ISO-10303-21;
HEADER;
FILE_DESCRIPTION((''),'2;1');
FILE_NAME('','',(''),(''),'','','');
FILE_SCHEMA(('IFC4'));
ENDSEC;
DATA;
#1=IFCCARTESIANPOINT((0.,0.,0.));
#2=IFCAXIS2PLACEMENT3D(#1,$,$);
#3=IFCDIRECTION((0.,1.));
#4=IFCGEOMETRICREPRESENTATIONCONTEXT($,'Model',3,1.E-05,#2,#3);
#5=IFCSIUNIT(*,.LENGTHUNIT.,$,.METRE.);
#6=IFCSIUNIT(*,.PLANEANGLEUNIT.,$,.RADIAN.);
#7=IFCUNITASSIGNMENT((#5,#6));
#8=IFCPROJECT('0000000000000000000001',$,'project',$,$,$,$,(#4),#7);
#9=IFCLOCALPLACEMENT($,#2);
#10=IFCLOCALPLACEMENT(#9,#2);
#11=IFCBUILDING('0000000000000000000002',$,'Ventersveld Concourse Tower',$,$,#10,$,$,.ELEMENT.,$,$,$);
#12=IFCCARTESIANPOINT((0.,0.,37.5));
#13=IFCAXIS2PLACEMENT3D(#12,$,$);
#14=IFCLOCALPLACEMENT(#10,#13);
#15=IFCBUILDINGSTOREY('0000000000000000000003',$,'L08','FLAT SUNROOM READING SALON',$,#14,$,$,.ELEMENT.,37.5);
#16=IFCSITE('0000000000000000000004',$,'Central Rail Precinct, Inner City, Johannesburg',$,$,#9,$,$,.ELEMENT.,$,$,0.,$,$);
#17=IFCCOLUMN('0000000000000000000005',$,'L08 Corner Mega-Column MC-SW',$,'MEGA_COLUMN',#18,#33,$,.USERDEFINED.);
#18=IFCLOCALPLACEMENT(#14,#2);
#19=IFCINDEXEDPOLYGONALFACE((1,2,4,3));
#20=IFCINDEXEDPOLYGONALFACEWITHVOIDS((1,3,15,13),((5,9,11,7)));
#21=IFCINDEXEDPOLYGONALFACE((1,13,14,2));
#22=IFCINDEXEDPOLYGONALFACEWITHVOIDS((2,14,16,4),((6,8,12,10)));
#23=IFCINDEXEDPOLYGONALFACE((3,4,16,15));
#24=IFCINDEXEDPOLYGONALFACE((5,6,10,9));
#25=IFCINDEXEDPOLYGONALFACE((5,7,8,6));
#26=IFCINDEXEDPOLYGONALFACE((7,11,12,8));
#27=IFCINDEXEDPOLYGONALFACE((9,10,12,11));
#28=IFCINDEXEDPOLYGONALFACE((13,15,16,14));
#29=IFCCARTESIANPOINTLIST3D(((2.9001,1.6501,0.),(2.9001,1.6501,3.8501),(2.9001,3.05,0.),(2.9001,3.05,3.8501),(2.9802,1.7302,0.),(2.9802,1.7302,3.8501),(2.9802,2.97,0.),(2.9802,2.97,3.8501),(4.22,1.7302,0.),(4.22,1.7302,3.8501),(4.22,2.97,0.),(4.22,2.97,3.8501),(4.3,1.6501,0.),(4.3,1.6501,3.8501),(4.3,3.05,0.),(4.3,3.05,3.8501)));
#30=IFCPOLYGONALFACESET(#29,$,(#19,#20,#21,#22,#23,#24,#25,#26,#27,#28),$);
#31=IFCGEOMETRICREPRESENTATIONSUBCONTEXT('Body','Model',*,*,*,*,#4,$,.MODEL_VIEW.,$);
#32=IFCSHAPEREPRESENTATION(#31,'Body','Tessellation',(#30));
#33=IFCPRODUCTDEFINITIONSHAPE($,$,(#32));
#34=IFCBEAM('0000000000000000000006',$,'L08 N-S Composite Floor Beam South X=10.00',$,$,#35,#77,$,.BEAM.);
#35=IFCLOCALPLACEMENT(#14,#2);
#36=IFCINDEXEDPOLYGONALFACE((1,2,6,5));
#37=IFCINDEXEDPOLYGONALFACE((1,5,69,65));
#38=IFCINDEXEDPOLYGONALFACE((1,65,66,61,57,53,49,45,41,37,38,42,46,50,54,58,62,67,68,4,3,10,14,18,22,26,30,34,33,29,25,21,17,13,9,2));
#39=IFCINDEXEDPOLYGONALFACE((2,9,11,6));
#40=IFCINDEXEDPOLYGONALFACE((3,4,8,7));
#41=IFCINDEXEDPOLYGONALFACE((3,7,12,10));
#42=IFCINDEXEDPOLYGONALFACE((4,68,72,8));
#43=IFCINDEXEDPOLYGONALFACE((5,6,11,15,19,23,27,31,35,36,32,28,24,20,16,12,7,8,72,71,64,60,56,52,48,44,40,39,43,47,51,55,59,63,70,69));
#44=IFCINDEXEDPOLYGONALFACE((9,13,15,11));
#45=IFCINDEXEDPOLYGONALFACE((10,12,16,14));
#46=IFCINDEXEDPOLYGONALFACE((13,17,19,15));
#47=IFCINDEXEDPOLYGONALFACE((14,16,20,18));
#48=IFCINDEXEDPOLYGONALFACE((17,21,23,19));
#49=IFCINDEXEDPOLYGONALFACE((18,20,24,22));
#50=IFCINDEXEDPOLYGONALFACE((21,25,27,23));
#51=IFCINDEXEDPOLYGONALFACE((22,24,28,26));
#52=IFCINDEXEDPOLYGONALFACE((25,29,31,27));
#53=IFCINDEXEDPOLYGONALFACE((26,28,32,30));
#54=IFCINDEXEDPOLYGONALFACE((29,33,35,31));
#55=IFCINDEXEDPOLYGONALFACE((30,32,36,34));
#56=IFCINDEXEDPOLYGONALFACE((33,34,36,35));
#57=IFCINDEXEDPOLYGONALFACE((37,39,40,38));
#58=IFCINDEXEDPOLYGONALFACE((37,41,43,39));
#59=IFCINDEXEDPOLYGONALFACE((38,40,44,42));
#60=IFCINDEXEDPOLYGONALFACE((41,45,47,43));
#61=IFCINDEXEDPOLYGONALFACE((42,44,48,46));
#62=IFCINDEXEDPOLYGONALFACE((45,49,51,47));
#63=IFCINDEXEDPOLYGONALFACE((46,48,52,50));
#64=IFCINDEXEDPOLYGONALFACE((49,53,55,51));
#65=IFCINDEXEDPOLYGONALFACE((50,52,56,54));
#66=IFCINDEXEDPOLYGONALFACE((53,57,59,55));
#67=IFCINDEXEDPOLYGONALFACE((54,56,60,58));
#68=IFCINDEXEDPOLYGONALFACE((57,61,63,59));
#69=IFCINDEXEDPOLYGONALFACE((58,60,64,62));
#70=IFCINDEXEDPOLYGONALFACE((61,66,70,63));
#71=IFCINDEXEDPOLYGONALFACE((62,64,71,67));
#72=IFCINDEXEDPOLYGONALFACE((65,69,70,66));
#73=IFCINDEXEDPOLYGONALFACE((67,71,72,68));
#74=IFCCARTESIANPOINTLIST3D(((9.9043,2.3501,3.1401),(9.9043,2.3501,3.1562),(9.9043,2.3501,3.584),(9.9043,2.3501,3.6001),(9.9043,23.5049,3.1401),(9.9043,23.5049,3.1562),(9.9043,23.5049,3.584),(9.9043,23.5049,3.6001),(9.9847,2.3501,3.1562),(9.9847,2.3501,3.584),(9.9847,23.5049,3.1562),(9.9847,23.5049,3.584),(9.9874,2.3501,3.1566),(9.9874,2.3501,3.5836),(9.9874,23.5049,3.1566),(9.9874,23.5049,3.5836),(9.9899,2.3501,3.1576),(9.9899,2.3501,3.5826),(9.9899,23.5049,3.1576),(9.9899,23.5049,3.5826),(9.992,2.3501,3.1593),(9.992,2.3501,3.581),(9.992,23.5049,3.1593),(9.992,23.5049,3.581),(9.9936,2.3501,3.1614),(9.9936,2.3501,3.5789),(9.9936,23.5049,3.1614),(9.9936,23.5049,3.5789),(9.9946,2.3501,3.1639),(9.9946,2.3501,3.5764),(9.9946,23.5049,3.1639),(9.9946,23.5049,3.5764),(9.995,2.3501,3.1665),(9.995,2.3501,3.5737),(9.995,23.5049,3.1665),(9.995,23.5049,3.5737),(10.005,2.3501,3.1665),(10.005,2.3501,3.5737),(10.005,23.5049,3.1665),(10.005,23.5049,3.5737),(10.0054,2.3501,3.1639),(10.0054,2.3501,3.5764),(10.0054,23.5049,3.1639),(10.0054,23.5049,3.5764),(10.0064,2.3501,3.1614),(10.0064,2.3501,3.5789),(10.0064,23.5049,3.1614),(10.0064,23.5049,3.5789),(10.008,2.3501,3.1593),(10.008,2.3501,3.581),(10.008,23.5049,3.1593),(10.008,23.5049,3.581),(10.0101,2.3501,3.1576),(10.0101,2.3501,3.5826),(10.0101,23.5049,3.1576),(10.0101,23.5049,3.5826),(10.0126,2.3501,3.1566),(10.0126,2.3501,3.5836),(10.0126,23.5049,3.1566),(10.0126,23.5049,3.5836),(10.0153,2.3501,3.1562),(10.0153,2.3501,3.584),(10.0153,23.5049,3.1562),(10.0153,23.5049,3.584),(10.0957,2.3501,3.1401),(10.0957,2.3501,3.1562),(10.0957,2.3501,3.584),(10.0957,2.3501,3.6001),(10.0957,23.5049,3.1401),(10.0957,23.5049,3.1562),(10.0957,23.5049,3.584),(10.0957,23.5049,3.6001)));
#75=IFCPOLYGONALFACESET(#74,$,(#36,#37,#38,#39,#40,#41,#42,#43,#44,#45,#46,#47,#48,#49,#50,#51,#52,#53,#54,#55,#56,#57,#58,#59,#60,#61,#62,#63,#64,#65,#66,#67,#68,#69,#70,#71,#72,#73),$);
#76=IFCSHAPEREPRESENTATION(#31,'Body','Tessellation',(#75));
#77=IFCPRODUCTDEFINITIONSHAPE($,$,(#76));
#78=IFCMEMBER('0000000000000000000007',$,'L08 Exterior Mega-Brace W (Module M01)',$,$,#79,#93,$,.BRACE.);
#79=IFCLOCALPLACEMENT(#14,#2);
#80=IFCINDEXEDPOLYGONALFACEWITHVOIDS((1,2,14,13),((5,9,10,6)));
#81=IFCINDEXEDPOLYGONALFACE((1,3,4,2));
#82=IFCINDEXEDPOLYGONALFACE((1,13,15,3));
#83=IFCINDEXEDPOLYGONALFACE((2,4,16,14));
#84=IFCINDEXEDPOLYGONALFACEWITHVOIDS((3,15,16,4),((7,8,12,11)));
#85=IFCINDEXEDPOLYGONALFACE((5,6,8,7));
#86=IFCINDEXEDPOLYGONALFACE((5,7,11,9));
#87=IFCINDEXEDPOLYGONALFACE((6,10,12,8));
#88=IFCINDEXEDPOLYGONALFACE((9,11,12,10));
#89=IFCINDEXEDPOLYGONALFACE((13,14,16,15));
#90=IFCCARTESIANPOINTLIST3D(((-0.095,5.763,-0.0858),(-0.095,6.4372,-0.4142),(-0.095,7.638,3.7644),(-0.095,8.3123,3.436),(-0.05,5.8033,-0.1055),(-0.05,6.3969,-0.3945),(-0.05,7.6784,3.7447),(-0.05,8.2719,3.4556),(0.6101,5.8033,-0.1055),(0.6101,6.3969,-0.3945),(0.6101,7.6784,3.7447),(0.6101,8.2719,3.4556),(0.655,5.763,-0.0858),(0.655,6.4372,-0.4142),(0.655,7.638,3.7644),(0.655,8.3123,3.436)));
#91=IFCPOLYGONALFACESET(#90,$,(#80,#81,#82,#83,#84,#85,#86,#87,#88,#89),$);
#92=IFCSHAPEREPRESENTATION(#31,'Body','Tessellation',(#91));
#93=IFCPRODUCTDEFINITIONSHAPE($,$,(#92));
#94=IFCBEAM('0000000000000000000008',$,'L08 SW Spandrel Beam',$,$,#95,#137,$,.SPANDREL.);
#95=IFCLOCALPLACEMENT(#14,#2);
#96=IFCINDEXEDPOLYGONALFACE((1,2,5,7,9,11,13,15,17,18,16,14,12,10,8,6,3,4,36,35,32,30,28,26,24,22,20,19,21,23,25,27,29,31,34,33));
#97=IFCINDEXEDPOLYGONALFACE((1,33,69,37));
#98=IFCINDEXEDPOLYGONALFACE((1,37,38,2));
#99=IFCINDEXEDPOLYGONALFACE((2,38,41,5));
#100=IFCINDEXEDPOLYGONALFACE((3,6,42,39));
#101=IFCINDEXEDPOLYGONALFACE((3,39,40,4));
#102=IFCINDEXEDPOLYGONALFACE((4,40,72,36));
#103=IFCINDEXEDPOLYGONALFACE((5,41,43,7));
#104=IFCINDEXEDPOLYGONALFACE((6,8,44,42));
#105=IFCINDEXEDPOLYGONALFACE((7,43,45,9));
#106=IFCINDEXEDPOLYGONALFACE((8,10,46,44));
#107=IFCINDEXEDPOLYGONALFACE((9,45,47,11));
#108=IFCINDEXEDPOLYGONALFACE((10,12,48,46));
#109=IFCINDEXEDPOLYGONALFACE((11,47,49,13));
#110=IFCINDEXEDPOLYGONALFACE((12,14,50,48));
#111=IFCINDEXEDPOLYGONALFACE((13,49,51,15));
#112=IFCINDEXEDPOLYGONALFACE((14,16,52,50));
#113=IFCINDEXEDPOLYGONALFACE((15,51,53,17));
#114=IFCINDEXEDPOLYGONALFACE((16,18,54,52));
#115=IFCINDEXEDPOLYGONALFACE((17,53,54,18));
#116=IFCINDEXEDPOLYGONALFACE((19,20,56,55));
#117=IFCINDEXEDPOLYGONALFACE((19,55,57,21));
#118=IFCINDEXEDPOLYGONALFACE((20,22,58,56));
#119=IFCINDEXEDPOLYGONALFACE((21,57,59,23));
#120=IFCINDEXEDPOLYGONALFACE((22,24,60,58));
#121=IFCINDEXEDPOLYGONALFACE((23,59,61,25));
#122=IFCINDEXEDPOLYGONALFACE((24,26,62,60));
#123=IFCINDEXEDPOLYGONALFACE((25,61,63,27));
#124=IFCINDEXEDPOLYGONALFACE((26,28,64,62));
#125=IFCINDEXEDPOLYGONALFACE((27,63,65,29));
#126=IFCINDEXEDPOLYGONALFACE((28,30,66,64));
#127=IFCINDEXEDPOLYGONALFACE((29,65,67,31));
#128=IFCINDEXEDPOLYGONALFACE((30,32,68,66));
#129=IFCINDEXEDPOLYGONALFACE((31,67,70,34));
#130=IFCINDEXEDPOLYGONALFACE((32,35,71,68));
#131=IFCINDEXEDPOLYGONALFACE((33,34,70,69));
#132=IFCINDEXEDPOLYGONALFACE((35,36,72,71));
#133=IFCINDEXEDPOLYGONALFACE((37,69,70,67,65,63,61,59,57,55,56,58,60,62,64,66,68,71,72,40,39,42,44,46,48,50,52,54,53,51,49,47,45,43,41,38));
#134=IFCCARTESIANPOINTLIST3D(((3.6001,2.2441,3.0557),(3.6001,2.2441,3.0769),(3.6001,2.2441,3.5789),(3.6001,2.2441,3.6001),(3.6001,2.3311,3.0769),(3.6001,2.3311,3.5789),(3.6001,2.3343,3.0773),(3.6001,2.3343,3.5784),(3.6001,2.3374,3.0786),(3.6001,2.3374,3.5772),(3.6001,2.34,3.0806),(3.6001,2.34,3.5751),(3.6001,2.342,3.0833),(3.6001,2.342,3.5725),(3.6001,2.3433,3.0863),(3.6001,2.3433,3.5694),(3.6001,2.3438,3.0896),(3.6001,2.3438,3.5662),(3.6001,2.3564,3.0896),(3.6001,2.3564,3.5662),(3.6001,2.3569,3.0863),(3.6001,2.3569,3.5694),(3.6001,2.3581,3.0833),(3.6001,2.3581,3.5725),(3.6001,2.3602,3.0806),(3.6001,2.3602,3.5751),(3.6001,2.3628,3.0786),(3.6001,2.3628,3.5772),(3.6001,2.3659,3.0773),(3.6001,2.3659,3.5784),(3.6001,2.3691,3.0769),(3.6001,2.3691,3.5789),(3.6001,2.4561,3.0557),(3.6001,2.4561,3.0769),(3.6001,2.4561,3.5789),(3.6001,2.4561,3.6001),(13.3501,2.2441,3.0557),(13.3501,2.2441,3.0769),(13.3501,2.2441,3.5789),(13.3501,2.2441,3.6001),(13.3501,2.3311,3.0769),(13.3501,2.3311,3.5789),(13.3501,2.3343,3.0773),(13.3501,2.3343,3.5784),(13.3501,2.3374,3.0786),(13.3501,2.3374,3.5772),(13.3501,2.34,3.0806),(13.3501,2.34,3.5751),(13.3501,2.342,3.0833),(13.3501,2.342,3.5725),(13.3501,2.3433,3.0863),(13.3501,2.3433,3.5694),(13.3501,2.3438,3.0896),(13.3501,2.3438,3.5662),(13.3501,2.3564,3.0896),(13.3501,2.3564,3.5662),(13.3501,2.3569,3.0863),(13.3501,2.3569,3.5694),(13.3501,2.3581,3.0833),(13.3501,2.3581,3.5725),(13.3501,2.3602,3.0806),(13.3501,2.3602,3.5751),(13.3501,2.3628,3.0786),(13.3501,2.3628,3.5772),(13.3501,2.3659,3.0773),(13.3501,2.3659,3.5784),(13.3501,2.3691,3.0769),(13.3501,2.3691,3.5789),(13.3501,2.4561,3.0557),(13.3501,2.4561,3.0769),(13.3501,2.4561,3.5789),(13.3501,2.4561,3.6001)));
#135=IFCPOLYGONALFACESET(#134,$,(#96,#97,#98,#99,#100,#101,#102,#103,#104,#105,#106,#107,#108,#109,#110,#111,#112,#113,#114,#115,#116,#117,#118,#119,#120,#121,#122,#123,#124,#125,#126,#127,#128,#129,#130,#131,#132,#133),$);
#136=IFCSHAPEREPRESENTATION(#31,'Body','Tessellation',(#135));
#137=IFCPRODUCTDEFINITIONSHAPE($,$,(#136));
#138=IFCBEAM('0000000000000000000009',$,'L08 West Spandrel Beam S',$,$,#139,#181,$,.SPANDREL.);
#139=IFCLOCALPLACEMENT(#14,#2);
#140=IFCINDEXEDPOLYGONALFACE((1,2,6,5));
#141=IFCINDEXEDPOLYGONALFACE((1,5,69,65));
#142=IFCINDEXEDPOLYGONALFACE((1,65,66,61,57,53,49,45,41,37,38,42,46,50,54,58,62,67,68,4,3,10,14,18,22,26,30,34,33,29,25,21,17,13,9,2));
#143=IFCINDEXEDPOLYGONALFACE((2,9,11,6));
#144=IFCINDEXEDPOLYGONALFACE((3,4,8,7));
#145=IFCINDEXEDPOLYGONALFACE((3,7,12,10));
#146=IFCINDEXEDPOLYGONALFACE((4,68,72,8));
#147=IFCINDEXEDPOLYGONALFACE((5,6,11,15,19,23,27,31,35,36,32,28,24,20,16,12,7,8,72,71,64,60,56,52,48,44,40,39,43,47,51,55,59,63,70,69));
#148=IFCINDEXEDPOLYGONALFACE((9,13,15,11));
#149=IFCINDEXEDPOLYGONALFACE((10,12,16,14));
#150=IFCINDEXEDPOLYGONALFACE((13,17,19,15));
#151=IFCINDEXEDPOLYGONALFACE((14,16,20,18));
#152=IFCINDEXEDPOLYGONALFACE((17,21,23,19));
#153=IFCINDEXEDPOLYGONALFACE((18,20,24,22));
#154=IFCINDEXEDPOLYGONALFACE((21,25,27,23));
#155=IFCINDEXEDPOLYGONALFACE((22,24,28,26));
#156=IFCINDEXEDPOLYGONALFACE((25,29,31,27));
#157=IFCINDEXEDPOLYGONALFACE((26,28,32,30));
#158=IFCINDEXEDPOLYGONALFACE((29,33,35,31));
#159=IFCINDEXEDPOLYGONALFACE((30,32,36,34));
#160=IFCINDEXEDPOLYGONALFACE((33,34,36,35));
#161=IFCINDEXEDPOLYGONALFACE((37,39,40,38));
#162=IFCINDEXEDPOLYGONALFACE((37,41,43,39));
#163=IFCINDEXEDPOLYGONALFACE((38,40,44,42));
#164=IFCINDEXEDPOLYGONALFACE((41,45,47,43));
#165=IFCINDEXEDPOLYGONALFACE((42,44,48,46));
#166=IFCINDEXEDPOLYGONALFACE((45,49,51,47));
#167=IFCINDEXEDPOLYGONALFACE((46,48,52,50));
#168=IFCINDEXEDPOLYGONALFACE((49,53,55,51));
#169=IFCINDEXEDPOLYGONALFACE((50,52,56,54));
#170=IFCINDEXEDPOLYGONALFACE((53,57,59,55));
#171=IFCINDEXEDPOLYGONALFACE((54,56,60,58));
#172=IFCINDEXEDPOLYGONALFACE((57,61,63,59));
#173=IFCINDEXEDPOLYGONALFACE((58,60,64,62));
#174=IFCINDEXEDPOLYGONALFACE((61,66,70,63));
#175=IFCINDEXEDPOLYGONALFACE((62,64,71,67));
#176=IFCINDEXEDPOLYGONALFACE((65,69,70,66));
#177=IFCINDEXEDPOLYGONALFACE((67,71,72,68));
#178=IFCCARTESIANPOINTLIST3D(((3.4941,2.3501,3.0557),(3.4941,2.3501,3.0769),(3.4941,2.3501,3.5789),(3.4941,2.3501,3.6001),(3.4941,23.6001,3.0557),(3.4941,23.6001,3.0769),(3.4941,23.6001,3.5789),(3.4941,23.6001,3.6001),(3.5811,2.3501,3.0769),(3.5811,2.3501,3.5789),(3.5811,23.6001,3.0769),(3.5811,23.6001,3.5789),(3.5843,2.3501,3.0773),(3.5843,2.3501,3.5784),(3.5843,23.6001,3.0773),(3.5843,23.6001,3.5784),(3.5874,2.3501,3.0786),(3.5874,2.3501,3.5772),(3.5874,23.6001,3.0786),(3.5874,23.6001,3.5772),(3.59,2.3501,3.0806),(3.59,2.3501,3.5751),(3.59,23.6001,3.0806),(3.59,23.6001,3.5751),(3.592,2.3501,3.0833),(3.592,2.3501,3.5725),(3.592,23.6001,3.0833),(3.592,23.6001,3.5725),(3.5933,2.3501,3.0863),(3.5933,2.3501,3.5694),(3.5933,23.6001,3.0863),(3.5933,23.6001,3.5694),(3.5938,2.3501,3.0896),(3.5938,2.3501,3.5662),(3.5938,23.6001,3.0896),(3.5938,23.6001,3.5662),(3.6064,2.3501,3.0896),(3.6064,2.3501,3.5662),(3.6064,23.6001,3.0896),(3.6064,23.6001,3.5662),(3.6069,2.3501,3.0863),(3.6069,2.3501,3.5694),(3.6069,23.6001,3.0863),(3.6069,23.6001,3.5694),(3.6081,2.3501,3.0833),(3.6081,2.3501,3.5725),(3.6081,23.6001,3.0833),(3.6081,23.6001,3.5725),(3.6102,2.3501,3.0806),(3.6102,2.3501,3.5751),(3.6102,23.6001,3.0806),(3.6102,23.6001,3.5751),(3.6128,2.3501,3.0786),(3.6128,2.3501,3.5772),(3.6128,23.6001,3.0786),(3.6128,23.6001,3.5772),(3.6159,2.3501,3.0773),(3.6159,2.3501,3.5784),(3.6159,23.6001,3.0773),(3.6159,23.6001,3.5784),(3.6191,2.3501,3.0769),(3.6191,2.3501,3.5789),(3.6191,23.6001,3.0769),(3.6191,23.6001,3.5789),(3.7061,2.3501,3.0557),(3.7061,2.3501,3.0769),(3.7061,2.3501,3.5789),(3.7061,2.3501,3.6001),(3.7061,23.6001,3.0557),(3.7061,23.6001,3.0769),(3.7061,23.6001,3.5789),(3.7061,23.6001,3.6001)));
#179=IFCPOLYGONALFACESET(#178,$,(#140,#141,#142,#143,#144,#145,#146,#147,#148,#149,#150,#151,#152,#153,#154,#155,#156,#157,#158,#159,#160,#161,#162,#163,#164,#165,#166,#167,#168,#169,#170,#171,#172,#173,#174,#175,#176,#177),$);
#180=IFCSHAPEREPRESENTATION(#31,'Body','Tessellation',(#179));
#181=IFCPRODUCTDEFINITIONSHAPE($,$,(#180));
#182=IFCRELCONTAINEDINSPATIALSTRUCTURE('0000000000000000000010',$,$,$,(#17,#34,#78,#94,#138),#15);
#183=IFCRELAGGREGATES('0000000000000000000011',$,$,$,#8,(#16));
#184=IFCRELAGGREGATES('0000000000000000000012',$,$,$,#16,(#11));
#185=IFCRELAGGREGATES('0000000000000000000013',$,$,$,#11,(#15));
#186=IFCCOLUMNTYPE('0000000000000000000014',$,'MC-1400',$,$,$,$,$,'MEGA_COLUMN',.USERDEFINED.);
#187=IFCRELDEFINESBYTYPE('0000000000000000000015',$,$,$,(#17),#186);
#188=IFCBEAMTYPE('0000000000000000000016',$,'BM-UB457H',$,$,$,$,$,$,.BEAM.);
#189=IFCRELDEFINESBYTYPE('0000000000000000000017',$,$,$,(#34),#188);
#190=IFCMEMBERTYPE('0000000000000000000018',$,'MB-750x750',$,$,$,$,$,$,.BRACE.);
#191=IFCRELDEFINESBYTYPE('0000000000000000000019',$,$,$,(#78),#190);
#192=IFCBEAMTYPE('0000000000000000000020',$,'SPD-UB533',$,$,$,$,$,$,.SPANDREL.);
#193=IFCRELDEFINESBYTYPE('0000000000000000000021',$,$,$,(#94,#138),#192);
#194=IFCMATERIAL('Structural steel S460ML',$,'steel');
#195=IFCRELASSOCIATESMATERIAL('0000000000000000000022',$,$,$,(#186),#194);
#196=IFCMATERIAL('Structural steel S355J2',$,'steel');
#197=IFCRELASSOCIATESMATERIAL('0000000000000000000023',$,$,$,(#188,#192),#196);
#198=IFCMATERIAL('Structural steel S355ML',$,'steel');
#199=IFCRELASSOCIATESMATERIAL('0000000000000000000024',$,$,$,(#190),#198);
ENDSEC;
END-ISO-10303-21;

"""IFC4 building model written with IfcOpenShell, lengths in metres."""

from ifc_helpers import new_model, si_unit, direction, frame, origin, origin_2d, place, context, subcontext, project, spatial, hollow_rectangle, i_section, extrude, material, material_profile, profile_set, type_object, element, save


model = new_model("IFC4")

# Units and contexts
model_context = context("Model", 3, precision=1e-05, world=origin(), true_north=direction((0.0, 1.0)))
body_context = subcontext(model_context, "Body", "Model", "MODEL_VIEW")
ifc_project = project(units=[si_unit("LENGTHUNIT", "METRE"), si_unit("PLANEANGLEUNIT", "RADIAN")], contexts=[model_context])

# Site, building, storey
site_placement = place(None, origin())
site = spatial("IfcSite", under=ifc_project, at=site_placement, Name="Central Rail Precinct, Inner City, Johannesburg", CompositionType="ELEMENT", RefElevation=0.0)
building_placement = place(site_placement, origin())
building = spatial("IfcBuilding", under=site, at=building_placement, Name="Ventersveld Concourse Tower", CompositionType="ELEMENT")
storey_placement = place(building_placement, frame((0.0, 0.0, 37.5)))
storey = spatial("IfcBuildingStorey", under=building, at=storey_placement, Name="L08", Description="FLAT SUNROOM READING SALON", CompositionType="ELEMENT", Elevation=37.5)

# Column
ifc_material_1 = material(Name="Structural steel S460ML", Category="steel")
ifc_material_profile_1 = material_profile(ifc_material_1, hollow_rectangle(XDim=1.3999, YDim=1.3999, WallThickness=0.0801, at=origin_2d()), Name="BOX 1400x1400x80")
ifc_profile_set_1 = profile_set([ifc_material_profile_1], Name="Structural steel S460ML")
column_type = type_object("IfcColumnType", Name="MC-1400", ElementType="MEGA_COLUMN", PredefinedType="USERDEFINED", material=ifc_profile_set_1)
column_placement = place(storey_placement, frame((3.6001, 2.3501, 0.0), z_axis=(0.0, 0.0, 1.0), x_axis=(1.0, 0.0, 0.0)))
element("IfcColumn", 1, at=column_placement, inside=storey, type_object=column_type, Name="L08 Corner Mega-Column MC-SW", ObjectType="MEGA_COLUMN", PredefinedType="USERDEFINED", context=body_context, shape_type="SweptSolid", body=[
    extrude(hollow_rectangle(XDim=1.3999, YDim=1.3999, WallThickness=0.0801, at=origin_2d()), origin(), (0.0, 0.0, 1.0), 3.8501),
])

# Beam
ifc_material_2 = material(Name="Structural steel S355J2", Category="steel")
ifc_material_profile_2 = material_profile(ifc_material_2, i_section(OverallWidth=0.1914, OverallDepth=0.46, WebThickness=0.01, FlangeThickness=0.0161, FilletRadius=0.0103, at=origin_2d()), Name="UB 457x191x82")
ifc_profile_set_2 = profile_set([ifc_material_profile_2], Name="Structural steel S355J2")
beam_type_1 = type_object("IfcBeamType", Name="BM-UB457H", PredefinedType="BEAM", material=ifc_profile_set_2)
beam_1_placement = place(storey_placement, frame((10.0, 2.3501, 3.3701), z_axis=(0.0, 1.0, 0.0), x_axis=(-1.0, 0.0, 0.0)))
element("IfcBeam", 2, at=beam_1_placement, inside=storey, type_object=beam_type_1, Name="L08 N-S Composite Floor Beam South X=10.00", PredefinedType="BEAM", context=body_context, shape_type="SweptSolid", body=[
    extrude(i_section(OverallWidth=0.1914, OverallDepth=0.46, WebThickness=0.01, FlangeThickness=0.0161, FilletRadius=0.0103, at=origin_2d()), origin(), (0.0, 0.0, 1.0), 21.1548),
])

# Member
ifc_material_3 = material(Name="Structural steel S355ML", Category="steel")
ifc_material_profile_3 = material_profile(ifc_material_3, hollow_rectangle(XDim=0.75, YDim=0.75, WallThickness=0.0449, at=origin_2d()), Name="BOX 750x750x45")
ifc_profile_set_3 = profile_set([ifc_material_profile_3], Name="Structural steel S355ML")
member_type = type_object("IfcMemberType", Name="MB-750x750", PredefinedType="BRACE", material=ifc_profile_set_3)
member_placement = place(storey_placement, frame((0.28, 6.1001, -0.25), z_axis=(0.0, 0.437839, 0.899053), x_axis=(-1.0, 0.0, 0.0)))
element("IfcMember", 3, at=member_placement, inside=storey, type_object=member_type, Name="L08 Exterior Mega-Brace W (Module M01)", PredefinedType="BRACE", context=body_context, shape_type="SweptSolid", body=[
    extrude(hollow_rectangle(XDim=0.75, YDim=0.75, WallThickness=0.0449, at=origin_2d()), origin(), (0.0, 0.0, 1.0), 4.2825),
])

# Beams
ifc_material_profile_4 = material_profile(ifc_material_2, i_section(OverallWidth=0.2119, OverallDepth=0.5444, WebThickness=0.0127, FlangeThickness=0.0212, FilletRadius=0.0127, at=origin_2d()), Name="UB 533x210x122")
ifc_profile_set_4 = profile_set([ifc_material_profile_4], Name="Structural steel S355J2")
beam_type_2 = type_object("IfcBeamType", Name="SPD-UB533", PredefinedType="SPANDREL", material=ifc_profile_set_4)
beam_2_placement = place(storey_placement, frame((3.6001, 2.3501, 3.3279), z_axis=(1.0, 0.0, 0.0), x_axis=(0.0, 1.0, 0.0)))
element("IfcBeam", 4, at=beam_2_placement, inside=storey, type_object=beam_type_2, Name="L08 SW Spandrel Beam", PredefinedType="SPANDREL", context=body_context, shape_type="SweptSolid", body=[
    extrude(i_section(OverallWidth=0.2119, OverallDepth=0.5444, WebThickness=0.0127, FlangeThickness=0.0212, FilletRadius=0.0127, at=origin_2d()), origin(), (0.0, 0.0, 1.0), 9.75),
])
beam_3_placement = place(storey_placement, frame((3.6001, 2.3501, 3.3279), z_axis=(0.0, 1.0, 0.0), x_axis=(-1.0, 0.0, 0.0)))
element("IfcBeam", 5, at=beam_3_placement, inside=storey, type_object=beam_type_2, Name="L08 West Spandrel Beam S", PredefinedType="SPANDREL", context=body_context, shape_type="SweptSolid", body=[
    extrude(i_section(OverallWidth=0.2119, OverallDepth=0.5444, WebThickness=0.0127, FlangeThickness=0.0212, FilletRadius=0.0127, at=origin_2d()), origin(), (0.0, 0.0, 1.0), 21.25),
])

save(model, "model.ifc")
